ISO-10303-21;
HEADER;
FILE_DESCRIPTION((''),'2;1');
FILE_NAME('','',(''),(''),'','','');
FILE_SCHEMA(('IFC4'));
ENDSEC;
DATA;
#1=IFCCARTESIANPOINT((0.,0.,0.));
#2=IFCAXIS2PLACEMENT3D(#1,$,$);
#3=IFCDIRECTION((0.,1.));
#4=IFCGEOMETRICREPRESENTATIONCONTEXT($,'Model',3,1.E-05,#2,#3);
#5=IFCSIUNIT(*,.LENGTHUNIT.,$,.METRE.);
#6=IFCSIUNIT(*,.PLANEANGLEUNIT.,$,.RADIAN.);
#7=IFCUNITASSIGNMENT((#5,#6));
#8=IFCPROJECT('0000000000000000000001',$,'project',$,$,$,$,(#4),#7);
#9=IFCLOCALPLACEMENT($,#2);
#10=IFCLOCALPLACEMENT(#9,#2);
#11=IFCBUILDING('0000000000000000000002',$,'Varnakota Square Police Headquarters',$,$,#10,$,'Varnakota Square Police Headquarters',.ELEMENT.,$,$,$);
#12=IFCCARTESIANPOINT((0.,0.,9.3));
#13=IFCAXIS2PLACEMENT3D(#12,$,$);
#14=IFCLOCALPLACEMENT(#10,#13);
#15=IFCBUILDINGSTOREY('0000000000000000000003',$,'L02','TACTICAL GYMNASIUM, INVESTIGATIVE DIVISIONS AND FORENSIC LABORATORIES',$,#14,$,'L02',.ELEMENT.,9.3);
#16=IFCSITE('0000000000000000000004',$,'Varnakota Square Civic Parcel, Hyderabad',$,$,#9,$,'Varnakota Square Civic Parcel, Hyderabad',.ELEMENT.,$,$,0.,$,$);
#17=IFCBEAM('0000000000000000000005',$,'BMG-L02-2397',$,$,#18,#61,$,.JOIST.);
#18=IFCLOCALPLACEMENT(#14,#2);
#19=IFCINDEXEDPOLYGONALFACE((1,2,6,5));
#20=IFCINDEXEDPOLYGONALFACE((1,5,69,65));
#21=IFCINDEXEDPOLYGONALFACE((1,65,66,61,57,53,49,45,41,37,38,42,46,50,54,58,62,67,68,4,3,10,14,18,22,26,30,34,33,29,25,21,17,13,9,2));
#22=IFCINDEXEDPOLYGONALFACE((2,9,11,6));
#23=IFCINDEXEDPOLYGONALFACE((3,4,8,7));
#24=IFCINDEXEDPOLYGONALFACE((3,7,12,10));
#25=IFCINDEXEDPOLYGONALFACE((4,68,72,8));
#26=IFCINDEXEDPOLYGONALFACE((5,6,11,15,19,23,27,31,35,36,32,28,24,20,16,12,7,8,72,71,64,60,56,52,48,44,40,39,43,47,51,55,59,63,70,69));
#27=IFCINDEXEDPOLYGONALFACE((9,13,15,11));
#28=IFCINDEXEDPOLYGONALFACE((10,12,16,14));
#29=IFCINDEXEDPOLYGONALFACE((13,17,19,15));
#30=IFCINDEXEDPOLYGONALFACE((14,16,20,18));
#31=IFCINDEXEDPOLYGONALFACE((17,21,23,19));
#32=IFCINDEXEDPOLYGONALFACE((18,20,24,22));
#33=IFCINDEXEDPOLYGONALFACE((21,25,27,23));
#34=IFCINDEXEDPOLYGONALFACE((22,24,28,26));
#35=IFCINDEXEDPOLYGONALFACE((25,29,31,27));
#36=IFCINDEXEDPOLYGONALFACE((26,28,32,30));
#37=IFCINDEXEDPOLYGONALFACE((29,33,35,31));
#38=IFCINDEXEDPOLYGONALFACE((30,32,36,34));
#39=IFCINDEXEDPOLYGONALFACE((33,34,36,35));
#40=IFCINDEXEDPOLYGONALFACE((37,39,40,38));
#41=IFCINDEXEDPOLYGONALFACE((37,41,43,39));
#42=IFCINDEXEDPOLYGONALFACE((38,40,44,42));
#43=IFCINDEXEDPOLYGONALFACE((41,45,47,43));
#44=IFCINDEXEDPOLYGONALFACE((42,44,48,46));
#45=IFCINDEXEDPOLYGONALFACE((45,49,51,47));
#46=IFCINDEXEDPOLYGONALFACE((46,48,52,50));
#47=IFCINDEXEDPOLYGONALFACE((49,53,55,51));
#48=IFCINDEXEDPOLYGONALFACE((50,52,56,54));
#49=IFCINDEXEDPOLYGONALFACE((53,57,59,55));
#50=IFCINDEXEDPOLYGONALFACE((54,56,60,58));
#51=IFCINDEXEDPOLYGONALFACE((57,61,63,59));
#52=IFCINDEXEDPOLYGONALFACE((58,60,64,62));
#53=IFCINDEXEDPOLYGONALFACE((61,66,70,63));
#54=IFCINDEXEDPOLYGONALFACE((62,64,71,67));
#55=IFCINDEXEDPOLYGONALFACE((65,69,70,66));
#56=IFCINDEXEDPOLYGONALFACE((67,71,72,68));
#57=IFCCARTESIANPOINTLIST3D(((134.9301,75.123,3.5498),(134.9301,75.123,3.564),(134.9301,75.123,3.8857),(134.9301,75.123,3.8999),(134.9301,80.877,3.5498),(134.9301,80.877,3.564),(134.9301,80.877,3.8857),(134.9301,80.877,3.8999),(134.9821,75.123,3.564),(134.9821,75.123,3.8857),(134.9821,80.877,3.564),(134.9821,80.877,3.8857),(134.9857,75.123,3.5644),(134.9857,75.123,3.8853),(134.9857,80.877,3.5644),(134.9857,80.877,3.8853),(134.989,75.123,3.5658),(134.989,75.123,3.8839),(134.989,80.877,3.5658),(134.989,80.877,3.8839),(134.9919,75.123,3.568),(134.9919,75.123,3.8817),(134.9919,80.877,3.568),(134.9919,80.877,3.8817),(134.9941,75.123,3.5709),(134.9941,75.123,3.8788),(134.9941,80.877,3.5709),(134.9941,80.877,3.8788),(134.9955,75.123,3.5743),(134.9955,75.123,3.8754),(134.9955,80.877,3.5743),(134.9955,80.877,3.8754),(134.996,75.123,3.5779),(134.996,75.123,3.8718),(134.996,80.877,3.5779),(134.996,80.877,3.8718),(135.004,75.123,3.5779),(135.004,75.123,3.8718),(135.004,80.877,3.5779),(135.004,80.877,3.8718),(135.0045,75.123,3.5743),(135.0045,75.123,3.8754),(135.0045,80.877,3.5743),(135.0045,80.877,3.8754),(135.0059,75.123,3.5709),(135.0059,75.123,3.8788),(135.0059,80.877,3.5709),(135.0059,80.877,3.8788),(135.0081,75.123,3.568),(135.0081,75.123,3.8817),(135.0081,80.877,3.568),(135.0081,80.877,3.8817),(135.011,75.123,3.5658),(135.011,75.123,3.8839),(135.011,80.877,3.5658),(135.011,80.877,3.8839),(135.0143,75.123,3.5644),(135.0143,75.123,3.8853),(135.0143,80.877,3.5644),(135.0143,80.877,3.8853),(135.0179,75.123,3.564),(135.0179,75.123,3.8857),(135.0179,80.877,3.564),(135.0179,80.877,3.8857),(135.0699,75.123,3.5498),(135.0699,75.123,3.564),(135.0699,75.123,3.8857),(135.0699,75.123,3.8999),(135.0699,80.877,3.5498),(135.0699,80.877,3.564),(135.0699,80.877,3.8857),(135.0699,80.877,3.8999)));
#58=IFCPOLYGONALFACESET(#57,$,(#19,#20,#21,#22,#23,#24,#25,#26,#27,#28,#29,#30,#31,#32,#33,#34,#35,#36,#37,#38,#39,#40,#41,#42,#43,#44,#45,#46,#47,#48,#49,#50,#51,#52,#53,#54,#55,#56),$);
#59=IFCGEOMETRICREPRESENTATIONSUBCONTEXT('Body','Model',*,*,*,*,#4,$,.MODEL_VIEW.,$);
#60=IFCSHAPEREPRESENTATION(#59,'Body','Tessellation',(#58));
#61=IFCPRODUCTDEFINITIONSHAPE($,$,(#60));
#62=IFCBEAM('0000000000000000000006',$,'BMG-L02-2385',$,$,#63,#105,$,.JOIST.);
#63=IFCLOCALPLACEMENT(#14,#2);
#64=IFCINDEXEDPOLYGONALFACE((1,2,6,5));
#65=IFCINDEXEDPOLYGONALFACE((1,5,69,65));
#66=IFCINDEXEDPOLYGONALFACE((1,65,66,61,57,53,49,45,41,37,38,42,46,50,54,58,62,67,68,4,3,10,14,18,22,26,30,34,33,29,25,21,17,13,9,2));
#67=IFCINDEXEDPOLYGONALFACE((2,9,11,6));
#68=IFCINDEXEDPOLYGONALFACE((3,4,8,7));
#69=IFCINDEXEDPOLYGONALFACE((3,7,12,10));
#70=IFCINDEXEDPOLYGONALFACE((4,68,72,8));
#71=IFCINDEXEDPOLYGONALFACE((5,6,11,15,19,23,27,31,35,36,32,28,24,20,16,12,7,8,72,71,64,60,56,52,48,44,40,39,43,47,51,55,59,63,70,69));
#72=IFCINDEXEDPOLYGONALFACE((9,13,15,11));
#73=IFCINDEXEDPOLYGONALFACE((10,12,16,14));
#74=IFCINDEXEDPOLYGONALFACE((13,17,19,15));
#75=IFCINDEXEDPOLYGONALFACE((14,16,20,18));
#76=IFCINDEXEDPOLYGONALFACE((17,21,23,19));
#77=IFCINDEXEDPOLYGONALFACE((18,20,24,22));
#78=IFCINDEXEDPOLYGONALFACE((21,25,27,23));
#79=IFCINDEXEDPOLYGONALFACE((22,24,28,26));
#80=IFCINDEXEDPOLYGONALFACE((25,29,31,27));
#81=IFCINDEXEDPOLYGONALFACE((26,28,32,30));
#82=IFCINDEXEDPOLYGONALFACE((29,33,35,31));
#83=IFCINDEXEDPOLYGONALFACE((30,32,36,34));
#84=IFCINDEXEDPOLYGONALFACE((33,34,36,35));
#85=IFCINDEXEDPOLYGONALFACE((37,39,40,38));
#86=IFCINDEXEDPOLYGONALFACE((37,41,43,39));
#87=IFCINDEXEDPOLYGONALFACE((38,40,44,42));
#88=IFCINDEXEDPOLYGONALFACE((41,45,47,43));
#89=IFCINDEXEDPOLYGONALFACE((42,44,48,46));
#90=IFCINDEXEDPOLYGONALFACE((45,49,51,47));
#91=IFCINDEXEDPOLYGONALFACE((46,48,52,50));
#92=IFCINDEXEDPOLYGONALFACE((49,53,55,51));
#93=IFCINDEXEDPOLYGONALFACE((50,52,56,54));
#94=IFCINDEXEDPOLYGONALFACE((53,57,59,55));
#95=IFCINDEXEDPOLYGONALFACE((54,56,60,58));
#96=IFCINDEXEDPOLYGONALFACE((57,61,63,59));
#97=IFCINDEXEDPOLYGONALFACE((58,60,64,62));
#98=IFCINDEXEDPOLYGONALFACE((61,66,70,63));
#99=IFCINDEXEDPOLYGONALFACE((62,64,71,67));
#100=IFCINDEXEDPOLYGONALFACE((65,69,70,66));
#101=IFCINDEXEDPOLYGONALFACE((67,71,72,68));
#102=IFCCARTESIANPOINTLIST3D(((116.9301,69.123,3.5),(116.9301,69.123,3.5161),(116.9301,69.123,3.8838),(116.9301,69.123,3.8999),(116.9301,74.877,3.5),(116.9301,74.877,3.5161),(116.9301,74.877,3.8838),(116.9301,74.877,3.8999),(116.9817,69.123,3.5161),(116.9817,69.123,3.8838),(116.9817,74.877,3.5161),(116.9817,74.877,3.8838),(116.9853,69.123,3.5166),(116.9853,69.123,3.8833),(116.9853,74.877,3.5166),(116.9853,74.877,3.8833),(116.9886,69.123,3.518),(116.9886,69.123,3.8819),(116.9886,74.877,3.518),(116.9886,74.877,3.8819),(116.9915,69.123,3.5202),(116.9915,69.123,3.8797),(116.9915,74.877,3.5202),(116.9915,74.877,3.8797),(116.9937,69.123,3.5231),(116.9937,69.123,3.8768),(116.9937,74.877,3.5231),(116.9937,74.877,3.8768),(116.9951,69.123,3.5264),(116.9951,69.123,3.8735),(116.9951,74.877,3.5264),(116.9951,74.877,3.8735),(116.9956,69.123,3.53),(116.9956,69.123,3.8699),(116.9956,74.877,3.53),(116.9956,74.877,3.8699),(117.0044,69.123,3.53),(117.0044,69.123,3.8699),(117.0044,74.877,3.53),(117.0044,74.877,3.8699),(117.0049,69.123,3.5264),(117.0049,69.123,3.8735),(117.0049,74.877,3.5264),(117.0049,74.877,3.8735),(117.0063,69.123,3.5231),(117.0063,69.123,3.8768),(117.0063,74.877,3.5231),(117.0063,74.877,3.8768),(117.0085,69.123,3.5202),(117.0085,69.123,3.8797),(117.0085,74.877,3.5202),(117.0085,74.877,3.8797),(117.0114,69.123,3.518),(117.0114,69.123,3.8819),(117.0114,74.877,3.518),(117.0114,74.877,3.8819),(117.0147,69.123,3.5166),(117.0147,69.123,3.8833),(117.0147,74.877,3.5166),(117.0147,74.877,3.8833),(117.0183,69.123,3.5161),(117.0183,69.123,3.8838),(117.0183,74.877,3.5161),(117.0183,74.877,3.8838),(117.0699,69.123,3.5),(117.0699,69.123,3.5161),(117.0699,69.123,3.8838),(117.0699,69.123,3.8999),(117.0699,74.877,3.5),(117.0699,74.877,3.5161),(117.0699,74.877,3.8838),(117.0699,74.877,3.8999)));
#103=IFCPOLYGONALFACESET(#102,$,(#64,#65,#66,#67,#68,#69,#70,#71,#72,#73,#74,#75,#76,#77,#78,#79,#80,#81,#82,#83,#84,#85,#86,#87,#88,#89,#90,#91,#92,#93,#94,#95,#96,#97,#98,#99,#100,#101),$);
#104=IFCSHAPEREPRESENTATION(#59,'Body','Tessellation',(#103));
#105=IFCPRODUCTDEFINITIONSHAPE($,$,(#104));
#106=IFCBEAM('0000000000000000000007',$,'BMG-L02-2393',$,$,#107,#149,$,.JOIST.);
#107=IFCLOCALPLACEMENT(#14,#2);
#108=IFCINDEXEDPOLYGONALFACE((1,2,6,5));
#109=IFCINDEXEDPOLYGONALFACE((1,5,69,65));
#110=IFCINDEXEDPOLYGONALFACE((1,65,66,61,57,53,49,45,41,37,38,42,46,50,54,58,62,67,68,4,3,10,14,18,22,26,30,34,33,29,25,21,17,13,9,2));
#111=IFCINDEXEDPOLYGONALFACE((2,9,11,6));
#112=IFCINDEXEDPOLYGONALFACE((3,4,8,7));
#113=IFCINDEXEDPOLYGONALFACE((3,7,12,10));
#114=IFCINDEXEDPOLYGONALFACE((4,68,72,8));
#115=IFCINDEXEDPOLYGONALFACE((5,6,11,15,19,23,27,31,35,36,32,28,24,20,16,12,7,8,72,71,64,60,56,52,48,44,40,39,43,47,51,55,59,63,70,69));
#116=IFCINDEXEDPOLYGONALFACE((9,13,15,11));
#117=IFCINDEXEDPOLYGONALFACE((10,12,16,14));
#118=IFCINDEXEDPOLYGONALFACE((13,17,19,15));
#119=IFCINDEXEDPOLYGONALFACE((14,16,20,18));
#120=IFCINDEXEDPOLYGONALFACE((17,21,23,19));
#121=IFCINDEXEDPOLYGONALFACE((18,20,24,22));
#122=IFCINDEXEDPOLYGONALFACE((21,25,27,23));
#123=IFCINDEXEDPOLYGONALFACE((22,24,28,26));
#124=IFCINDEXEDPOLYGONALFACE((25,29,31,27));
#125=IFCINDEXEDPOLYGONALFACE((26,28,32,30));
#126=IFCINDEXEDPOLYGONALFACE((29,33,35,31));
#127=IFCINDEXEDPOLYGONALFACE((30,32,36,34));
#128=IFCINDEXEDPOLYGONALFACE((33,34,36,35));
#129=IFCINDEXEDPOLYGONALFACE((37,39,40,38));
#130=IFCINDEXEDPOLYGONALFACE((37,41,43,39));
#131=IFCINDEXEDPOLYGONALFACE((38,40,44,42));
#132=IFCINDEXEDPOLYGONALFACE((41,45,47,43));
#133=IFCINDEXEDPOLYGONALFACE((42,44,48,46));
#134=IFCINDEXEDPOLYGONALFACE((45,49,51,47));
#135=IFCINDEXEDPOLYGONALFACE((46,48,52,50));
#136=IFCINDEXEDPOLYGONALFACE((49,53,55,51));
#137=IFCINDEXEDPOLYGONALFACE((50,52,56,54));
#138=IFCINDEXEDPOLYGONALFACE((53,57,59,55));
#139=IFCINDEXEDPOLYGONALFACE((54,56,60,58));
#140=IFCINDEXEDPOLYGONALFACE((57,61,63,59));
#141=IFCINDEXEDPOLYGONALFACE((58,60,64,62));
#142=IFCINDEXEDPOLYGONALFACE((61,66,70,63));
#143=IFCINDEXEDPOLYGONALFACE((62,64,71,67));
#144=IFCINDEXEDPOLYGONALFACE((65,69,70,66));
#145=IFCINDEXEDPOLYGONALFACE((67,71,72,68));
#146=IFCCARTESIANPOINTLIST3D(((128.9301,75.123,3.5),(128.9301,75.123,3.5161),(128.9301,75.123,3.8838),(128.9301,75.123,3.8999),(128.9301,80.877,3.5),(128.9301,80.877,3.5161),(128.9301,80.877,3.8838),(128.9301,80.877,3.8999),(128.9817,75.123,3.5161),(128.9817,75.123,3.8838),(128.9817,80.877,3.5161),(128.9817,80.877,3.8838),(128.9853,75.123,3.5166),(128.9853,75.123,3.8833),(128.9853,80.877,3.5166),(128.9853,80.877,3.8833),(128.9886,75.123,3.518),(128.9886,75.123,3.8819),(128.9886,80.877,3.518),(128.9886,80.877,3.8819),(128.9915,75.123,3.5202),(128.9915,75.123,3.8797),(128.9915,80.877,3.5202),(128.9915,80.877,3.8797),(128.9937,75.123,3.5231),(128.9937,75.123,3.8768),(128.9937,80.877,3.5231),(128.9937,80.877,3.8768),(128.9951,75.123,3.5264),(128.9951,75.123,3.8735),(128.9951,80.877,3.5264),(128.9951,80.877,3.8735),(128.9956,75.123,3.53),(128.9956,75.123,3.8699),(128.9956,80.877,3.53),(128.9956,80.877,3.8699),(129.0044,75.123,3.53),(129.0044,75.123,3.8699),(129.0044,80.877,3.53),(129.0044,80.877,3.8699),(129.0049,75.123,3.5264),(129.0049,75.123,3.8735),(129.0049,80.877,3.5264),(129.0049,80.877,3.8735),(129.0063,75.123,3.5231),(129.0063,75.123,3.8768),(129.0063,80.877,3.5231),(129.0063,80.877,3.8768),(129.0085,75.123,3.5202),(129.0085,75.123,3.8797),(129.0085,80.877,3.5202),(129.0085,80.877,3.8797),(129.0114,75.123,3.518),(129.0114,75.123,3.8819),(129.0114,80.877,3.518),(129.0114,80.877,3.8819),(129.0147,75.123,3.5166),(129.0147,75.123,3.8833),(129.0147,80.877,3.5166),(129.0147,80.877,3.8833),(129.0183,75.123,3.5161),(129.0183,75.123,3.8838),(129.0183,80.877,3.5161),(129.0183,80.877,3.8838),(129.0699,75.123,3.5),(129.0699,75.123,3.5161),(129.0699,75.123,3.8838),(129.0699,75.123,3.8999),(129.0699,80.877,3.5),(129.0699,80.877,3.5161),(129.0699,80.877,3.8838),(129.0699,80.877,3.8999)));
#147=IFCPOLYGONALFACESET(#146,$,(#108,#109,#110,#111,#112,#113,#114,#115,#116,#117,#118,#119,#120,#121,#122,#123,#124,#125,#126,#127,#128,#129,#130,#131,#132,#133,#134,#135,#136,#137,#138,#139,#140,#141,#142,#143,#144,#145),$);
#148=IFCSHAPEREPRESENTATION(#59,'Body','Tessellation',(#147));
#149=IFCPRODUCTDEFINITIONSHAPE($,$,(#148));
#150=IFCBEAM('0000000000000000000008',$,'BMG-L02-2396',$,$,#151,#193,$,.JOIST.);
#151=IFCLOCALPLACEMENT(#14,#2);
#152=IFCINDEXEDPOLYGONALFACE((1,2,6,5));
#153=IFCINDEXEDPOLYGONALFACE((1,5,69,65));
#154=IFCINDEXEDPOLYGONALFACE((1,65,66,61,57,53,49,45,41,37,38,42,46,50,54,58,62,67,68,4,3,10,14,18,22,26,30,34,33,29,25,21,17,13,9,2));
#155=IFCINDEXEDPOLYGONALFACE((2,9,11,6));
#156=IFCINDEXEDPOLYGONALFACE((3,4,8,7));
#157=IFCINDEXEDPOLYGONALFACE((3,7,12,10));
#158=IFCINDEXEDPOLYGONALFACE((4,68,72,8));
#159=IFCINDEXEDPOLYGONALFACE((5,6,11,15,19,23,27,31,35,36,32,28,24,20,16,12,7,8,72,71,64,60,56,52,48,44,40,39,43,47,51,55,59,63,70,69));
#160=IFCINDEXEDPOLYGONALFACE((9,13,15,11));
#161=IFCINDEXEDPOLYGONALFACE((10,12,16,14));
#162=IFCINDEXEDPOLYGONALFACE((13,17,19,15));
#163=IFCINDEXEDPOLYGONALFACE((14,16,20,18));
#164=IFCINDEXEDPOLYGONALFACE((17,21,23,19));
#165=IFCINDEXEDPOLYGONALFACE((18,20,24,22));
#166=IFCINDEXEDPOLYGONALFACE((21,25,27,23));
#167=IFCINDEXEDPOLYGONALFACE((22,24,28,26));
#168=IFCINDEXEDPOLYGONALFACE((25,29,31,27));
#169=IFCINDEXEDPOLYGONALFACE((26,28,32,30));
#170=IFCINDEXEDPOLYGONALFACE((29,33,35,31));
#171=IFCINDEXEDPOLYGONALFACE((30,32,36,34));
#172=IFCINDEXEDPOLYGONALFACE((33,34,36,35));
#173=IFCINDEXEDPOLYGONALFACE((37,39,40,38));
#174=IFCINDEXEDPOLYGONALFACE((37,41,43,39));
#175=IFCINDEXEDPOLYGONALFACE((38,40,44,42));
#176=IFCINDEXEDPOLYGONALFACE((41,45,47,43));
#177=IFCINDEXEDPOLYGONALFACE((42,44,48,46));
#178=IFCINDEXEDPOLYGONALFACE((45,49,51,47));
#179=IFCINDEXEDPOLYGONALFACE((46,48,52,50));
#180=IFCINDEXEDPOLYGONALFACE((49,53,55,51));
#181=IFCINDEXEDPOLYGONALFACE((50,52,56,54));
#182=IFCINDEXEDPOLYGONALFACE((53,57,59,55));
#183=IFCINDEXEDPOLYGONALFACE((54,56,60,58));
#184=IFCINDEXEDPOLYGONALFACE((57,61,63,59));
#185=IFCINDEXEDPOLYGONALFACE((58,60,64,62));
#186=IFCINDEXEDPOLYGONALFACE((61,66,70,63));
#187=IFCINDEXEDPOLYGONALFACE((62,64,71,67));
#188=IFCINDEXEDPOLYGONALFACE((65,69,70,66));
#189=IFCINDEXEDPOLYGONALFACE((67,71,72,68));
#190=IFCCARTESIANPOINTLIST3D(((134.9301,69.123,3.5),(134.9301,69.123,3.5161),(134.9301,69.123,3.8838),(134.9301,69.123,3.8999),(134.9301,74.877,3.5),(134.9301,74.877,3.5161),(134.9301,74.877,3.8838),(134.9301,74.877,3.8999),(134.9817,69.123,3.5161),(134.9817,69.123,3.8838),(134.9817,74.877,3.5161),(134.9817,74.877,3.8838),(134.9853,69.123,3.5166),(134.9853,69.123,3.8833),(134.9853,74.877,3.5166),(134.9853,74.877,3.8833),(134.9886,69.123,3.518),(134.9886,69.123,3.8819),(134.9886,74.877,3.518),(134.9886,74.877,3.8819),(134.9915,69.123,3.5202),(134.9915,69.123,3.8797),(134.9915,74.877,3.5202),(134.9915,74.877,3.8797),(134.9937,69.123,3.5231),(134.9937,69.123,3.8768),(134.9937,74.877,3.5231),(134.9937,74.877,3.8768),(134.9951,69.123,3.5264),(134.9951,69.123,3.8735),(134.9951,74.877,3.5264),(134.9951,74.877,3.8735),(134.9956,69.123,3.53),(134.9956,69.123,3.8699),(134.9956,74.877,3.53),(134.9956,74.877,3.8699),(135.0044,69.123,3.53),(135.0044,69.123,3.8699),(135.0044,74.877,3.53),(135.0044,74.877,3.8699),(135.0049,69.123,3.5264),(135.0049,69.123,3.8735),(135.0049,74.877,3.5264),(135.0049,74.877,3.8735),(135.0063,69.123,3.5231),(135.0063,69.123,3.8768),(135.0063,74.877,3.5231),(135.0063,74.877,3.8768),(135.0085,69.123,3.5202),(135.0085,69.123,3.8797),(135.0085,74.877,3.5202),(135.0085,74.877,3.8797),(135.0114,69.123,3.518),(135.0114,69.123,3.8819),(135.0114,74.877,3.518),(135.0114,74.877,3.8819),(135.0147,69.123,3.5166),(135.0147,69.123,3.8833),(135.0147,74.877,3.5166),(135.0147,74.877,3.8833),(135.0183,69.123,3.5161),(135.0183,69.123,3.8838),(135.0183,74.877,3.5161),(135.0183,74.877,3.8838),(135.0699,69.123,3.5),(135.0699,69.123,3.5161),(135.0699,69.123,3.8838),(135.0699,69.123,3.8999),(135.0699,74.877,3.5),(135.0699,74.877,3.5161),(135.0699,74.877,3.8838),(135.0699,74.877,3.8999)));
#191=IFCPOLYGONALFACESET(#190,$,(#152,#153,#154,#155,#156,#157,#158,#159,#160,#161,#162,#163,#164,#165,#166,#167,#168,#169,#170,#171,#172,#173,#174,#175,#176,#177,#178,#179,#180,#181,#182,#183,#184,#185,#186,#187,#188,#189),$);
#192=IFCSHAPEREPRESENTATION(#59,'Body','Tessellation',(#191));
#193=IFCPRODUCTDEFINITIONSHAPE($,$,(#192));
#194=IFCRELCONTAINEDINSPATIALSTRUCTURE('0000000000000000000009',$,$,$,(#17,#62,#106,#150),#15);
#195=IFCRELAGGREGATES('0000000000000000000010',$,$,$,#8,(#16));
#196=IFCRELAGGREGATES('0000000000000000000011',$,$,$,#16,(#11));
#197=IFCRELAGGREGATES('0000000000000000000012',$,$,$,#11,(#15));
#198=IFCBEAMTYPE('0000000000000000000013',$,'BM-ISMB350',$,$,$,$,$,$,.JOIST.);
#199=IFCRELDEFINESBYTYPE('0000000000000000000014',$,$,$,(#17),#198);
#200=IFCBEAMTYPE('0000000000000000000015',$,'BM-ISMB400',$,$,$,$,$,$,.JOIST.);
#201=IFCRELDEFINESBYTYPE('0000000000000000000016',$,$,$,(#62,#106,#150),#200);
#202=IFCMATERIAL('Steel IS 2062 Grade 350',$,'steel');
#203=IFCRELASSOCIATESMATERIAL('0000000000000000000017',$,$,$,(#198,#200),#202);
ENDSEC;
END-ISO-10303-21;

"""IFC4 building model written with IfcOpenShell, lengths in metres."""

from ifc_helpers import new_model, si_unit, direction, frame, origin, origin_2d, place, context, subcontext, project, spatial, i_section, extrude, material, material_profile, profile_set, type_object, element, save


model = new_model("IFC4")

# Units and contexts
model_context = context("Model", 3, precision=1e-05, world=origin(), true_north=direction((0.0, 1.0)))
body_context = subcontext(model_context, "Body", "Model", "MODEL_VIEW")
ifc_project = project(units=[si_unit("LENGTHUNIT", "METRE"), si_unit("PLANEANGLEUNIT", "RADIAN")], contexts=[model_context])

# Site, building, storey
site_placement = place(None, origin())
site = spatial("IfcSite", under=ifc_project, at=site_placement, Name="Varnakota Square Civic Parcel, Hyderabad", LongName="Varnakota Square Civic Parcel, Hyderabad", CompositionType="ELEMENT", RefElevation=0.0)
building_placement = place(site_placement, origin())
building = spatial("IfcBuilding", under=site, at=building_placement, Name="Varnakota Square Police Headquarters", LongName="Varnakota Square Police Headquarters", CompositionType="ELEMENT")
storey_placement = place(building_placement, frame((0.0, 0.0, 9.3)))
storey = spatial("IfcBuildingStorey", under=building, at=storey_placement, Name="L02", Description="TACTICAL GYMNASIUM, INVESTIGATIVE DIVISIONS AND FORENSIC LABORATORIES", LongName="L02", CompositionType="ELEMENT", Elevation=9.3)

# Shared definitions
ifc_material_1 = material(Name="Steel IS 2062 Grade 350", Category="steel")

# Beams
ifc_material_profile_1 = material_profile(ifc_material_1, i_section(OverallWidth=0.1399, OverallDepth=0.3501, WebThickness=0.0081, FlangeThickness=0.0142, FilletRadius=0.0139, at=origin_2d()), Name="ISMB 350")
ifc_profile_set_1 = profile_set([ifc_material_profile_1], Name="Steel IS 2062 Grade 350")
beam_type_1 = type_object("IfcBeamType", Name="BM-ISMB350", PredefinedType="JOIST", material=ifc_profile_set_1)
for number, where, z_axis, x_axis, name in (
    (1, (135.0, 75.123, 3.7249), (0.0, 1.0, 0.0), (-1.0, 0.0, 0.0), "BMG-L02-2397"),
):
    element("IfcBeam", number, at=place(storey_placement, frame(where, z_axis=z_axis, x_axis=x_axis)), inside=storey, type_object=beam_type_1, Name=name, PredefinedType="JOIST", context=body_context, shape_type="SweptSolid", body=[
        extrude(i_section(OverallWidth=0.1399, OverallDepth=0.3501, WebThickness=0.0081, FlangeThickness=0.0142, FilletRadius=0.0139, at=origin_2d()), origin(), (0.0, 0.0, 1.0), 5.7539),
    ])
ifc_material_profile_2 = material_profile(ifc_material_1, i_section(OverallWidth=0.1399, OverallDepth=0.3999, WebThickness=0.0088, FlangeThickness=0.0161, FilletRadius=0.0139, at=origin_2d()), Name="ISMB 400")
ifc_profile_set_2 = profile_set([ifc_material_profile_2], Name="Steel IS 2062 Grade 350")
beam_type_2 = type_object("IfcBeamType", Name="BM-ISMB400", PredefinedType="JOIST", material=ifc_profile_set_2)
for number, where, z_axis, x_axis, name in (
    (2, (117.0, 69.123, 3.7), (0.0, 1.0, 0.0), (-1.0, 0.0, 0.0), "BMG-L02-2385"),
    (3, (129.0, 75.123, 3.7), (0.0, 1.0, 0.0), (-1.0, 0.0, 0.0), "BMG-L02-2393"),
    (4, (135.0, 69.123, 3.7), (0.0, 1.0, 0.0), (-1.0, 0.0, 0.0), "BMG-L02-2396"),
):
    element("IfcBeam", number, at=place(storey_placement, frame(where, z_axis=z_axis, x_axis=x_axis)), inside=storey, type_object=beam_type_2, Name=name, PredefinedType="JOIST", context=body_context, shape_type="SweptSolid", body=[
        extrude(i_section(OverallWidth=0.1399, OverallDepth=0.3999, WebThickness=0.0088, FlangeThickness=0.0161, FilletRadius=0.0139, at=origin_2d()), origin(), (0.0, 0.0, 1.0), 5.7539),
    ])

save(model, "model.ifc")
